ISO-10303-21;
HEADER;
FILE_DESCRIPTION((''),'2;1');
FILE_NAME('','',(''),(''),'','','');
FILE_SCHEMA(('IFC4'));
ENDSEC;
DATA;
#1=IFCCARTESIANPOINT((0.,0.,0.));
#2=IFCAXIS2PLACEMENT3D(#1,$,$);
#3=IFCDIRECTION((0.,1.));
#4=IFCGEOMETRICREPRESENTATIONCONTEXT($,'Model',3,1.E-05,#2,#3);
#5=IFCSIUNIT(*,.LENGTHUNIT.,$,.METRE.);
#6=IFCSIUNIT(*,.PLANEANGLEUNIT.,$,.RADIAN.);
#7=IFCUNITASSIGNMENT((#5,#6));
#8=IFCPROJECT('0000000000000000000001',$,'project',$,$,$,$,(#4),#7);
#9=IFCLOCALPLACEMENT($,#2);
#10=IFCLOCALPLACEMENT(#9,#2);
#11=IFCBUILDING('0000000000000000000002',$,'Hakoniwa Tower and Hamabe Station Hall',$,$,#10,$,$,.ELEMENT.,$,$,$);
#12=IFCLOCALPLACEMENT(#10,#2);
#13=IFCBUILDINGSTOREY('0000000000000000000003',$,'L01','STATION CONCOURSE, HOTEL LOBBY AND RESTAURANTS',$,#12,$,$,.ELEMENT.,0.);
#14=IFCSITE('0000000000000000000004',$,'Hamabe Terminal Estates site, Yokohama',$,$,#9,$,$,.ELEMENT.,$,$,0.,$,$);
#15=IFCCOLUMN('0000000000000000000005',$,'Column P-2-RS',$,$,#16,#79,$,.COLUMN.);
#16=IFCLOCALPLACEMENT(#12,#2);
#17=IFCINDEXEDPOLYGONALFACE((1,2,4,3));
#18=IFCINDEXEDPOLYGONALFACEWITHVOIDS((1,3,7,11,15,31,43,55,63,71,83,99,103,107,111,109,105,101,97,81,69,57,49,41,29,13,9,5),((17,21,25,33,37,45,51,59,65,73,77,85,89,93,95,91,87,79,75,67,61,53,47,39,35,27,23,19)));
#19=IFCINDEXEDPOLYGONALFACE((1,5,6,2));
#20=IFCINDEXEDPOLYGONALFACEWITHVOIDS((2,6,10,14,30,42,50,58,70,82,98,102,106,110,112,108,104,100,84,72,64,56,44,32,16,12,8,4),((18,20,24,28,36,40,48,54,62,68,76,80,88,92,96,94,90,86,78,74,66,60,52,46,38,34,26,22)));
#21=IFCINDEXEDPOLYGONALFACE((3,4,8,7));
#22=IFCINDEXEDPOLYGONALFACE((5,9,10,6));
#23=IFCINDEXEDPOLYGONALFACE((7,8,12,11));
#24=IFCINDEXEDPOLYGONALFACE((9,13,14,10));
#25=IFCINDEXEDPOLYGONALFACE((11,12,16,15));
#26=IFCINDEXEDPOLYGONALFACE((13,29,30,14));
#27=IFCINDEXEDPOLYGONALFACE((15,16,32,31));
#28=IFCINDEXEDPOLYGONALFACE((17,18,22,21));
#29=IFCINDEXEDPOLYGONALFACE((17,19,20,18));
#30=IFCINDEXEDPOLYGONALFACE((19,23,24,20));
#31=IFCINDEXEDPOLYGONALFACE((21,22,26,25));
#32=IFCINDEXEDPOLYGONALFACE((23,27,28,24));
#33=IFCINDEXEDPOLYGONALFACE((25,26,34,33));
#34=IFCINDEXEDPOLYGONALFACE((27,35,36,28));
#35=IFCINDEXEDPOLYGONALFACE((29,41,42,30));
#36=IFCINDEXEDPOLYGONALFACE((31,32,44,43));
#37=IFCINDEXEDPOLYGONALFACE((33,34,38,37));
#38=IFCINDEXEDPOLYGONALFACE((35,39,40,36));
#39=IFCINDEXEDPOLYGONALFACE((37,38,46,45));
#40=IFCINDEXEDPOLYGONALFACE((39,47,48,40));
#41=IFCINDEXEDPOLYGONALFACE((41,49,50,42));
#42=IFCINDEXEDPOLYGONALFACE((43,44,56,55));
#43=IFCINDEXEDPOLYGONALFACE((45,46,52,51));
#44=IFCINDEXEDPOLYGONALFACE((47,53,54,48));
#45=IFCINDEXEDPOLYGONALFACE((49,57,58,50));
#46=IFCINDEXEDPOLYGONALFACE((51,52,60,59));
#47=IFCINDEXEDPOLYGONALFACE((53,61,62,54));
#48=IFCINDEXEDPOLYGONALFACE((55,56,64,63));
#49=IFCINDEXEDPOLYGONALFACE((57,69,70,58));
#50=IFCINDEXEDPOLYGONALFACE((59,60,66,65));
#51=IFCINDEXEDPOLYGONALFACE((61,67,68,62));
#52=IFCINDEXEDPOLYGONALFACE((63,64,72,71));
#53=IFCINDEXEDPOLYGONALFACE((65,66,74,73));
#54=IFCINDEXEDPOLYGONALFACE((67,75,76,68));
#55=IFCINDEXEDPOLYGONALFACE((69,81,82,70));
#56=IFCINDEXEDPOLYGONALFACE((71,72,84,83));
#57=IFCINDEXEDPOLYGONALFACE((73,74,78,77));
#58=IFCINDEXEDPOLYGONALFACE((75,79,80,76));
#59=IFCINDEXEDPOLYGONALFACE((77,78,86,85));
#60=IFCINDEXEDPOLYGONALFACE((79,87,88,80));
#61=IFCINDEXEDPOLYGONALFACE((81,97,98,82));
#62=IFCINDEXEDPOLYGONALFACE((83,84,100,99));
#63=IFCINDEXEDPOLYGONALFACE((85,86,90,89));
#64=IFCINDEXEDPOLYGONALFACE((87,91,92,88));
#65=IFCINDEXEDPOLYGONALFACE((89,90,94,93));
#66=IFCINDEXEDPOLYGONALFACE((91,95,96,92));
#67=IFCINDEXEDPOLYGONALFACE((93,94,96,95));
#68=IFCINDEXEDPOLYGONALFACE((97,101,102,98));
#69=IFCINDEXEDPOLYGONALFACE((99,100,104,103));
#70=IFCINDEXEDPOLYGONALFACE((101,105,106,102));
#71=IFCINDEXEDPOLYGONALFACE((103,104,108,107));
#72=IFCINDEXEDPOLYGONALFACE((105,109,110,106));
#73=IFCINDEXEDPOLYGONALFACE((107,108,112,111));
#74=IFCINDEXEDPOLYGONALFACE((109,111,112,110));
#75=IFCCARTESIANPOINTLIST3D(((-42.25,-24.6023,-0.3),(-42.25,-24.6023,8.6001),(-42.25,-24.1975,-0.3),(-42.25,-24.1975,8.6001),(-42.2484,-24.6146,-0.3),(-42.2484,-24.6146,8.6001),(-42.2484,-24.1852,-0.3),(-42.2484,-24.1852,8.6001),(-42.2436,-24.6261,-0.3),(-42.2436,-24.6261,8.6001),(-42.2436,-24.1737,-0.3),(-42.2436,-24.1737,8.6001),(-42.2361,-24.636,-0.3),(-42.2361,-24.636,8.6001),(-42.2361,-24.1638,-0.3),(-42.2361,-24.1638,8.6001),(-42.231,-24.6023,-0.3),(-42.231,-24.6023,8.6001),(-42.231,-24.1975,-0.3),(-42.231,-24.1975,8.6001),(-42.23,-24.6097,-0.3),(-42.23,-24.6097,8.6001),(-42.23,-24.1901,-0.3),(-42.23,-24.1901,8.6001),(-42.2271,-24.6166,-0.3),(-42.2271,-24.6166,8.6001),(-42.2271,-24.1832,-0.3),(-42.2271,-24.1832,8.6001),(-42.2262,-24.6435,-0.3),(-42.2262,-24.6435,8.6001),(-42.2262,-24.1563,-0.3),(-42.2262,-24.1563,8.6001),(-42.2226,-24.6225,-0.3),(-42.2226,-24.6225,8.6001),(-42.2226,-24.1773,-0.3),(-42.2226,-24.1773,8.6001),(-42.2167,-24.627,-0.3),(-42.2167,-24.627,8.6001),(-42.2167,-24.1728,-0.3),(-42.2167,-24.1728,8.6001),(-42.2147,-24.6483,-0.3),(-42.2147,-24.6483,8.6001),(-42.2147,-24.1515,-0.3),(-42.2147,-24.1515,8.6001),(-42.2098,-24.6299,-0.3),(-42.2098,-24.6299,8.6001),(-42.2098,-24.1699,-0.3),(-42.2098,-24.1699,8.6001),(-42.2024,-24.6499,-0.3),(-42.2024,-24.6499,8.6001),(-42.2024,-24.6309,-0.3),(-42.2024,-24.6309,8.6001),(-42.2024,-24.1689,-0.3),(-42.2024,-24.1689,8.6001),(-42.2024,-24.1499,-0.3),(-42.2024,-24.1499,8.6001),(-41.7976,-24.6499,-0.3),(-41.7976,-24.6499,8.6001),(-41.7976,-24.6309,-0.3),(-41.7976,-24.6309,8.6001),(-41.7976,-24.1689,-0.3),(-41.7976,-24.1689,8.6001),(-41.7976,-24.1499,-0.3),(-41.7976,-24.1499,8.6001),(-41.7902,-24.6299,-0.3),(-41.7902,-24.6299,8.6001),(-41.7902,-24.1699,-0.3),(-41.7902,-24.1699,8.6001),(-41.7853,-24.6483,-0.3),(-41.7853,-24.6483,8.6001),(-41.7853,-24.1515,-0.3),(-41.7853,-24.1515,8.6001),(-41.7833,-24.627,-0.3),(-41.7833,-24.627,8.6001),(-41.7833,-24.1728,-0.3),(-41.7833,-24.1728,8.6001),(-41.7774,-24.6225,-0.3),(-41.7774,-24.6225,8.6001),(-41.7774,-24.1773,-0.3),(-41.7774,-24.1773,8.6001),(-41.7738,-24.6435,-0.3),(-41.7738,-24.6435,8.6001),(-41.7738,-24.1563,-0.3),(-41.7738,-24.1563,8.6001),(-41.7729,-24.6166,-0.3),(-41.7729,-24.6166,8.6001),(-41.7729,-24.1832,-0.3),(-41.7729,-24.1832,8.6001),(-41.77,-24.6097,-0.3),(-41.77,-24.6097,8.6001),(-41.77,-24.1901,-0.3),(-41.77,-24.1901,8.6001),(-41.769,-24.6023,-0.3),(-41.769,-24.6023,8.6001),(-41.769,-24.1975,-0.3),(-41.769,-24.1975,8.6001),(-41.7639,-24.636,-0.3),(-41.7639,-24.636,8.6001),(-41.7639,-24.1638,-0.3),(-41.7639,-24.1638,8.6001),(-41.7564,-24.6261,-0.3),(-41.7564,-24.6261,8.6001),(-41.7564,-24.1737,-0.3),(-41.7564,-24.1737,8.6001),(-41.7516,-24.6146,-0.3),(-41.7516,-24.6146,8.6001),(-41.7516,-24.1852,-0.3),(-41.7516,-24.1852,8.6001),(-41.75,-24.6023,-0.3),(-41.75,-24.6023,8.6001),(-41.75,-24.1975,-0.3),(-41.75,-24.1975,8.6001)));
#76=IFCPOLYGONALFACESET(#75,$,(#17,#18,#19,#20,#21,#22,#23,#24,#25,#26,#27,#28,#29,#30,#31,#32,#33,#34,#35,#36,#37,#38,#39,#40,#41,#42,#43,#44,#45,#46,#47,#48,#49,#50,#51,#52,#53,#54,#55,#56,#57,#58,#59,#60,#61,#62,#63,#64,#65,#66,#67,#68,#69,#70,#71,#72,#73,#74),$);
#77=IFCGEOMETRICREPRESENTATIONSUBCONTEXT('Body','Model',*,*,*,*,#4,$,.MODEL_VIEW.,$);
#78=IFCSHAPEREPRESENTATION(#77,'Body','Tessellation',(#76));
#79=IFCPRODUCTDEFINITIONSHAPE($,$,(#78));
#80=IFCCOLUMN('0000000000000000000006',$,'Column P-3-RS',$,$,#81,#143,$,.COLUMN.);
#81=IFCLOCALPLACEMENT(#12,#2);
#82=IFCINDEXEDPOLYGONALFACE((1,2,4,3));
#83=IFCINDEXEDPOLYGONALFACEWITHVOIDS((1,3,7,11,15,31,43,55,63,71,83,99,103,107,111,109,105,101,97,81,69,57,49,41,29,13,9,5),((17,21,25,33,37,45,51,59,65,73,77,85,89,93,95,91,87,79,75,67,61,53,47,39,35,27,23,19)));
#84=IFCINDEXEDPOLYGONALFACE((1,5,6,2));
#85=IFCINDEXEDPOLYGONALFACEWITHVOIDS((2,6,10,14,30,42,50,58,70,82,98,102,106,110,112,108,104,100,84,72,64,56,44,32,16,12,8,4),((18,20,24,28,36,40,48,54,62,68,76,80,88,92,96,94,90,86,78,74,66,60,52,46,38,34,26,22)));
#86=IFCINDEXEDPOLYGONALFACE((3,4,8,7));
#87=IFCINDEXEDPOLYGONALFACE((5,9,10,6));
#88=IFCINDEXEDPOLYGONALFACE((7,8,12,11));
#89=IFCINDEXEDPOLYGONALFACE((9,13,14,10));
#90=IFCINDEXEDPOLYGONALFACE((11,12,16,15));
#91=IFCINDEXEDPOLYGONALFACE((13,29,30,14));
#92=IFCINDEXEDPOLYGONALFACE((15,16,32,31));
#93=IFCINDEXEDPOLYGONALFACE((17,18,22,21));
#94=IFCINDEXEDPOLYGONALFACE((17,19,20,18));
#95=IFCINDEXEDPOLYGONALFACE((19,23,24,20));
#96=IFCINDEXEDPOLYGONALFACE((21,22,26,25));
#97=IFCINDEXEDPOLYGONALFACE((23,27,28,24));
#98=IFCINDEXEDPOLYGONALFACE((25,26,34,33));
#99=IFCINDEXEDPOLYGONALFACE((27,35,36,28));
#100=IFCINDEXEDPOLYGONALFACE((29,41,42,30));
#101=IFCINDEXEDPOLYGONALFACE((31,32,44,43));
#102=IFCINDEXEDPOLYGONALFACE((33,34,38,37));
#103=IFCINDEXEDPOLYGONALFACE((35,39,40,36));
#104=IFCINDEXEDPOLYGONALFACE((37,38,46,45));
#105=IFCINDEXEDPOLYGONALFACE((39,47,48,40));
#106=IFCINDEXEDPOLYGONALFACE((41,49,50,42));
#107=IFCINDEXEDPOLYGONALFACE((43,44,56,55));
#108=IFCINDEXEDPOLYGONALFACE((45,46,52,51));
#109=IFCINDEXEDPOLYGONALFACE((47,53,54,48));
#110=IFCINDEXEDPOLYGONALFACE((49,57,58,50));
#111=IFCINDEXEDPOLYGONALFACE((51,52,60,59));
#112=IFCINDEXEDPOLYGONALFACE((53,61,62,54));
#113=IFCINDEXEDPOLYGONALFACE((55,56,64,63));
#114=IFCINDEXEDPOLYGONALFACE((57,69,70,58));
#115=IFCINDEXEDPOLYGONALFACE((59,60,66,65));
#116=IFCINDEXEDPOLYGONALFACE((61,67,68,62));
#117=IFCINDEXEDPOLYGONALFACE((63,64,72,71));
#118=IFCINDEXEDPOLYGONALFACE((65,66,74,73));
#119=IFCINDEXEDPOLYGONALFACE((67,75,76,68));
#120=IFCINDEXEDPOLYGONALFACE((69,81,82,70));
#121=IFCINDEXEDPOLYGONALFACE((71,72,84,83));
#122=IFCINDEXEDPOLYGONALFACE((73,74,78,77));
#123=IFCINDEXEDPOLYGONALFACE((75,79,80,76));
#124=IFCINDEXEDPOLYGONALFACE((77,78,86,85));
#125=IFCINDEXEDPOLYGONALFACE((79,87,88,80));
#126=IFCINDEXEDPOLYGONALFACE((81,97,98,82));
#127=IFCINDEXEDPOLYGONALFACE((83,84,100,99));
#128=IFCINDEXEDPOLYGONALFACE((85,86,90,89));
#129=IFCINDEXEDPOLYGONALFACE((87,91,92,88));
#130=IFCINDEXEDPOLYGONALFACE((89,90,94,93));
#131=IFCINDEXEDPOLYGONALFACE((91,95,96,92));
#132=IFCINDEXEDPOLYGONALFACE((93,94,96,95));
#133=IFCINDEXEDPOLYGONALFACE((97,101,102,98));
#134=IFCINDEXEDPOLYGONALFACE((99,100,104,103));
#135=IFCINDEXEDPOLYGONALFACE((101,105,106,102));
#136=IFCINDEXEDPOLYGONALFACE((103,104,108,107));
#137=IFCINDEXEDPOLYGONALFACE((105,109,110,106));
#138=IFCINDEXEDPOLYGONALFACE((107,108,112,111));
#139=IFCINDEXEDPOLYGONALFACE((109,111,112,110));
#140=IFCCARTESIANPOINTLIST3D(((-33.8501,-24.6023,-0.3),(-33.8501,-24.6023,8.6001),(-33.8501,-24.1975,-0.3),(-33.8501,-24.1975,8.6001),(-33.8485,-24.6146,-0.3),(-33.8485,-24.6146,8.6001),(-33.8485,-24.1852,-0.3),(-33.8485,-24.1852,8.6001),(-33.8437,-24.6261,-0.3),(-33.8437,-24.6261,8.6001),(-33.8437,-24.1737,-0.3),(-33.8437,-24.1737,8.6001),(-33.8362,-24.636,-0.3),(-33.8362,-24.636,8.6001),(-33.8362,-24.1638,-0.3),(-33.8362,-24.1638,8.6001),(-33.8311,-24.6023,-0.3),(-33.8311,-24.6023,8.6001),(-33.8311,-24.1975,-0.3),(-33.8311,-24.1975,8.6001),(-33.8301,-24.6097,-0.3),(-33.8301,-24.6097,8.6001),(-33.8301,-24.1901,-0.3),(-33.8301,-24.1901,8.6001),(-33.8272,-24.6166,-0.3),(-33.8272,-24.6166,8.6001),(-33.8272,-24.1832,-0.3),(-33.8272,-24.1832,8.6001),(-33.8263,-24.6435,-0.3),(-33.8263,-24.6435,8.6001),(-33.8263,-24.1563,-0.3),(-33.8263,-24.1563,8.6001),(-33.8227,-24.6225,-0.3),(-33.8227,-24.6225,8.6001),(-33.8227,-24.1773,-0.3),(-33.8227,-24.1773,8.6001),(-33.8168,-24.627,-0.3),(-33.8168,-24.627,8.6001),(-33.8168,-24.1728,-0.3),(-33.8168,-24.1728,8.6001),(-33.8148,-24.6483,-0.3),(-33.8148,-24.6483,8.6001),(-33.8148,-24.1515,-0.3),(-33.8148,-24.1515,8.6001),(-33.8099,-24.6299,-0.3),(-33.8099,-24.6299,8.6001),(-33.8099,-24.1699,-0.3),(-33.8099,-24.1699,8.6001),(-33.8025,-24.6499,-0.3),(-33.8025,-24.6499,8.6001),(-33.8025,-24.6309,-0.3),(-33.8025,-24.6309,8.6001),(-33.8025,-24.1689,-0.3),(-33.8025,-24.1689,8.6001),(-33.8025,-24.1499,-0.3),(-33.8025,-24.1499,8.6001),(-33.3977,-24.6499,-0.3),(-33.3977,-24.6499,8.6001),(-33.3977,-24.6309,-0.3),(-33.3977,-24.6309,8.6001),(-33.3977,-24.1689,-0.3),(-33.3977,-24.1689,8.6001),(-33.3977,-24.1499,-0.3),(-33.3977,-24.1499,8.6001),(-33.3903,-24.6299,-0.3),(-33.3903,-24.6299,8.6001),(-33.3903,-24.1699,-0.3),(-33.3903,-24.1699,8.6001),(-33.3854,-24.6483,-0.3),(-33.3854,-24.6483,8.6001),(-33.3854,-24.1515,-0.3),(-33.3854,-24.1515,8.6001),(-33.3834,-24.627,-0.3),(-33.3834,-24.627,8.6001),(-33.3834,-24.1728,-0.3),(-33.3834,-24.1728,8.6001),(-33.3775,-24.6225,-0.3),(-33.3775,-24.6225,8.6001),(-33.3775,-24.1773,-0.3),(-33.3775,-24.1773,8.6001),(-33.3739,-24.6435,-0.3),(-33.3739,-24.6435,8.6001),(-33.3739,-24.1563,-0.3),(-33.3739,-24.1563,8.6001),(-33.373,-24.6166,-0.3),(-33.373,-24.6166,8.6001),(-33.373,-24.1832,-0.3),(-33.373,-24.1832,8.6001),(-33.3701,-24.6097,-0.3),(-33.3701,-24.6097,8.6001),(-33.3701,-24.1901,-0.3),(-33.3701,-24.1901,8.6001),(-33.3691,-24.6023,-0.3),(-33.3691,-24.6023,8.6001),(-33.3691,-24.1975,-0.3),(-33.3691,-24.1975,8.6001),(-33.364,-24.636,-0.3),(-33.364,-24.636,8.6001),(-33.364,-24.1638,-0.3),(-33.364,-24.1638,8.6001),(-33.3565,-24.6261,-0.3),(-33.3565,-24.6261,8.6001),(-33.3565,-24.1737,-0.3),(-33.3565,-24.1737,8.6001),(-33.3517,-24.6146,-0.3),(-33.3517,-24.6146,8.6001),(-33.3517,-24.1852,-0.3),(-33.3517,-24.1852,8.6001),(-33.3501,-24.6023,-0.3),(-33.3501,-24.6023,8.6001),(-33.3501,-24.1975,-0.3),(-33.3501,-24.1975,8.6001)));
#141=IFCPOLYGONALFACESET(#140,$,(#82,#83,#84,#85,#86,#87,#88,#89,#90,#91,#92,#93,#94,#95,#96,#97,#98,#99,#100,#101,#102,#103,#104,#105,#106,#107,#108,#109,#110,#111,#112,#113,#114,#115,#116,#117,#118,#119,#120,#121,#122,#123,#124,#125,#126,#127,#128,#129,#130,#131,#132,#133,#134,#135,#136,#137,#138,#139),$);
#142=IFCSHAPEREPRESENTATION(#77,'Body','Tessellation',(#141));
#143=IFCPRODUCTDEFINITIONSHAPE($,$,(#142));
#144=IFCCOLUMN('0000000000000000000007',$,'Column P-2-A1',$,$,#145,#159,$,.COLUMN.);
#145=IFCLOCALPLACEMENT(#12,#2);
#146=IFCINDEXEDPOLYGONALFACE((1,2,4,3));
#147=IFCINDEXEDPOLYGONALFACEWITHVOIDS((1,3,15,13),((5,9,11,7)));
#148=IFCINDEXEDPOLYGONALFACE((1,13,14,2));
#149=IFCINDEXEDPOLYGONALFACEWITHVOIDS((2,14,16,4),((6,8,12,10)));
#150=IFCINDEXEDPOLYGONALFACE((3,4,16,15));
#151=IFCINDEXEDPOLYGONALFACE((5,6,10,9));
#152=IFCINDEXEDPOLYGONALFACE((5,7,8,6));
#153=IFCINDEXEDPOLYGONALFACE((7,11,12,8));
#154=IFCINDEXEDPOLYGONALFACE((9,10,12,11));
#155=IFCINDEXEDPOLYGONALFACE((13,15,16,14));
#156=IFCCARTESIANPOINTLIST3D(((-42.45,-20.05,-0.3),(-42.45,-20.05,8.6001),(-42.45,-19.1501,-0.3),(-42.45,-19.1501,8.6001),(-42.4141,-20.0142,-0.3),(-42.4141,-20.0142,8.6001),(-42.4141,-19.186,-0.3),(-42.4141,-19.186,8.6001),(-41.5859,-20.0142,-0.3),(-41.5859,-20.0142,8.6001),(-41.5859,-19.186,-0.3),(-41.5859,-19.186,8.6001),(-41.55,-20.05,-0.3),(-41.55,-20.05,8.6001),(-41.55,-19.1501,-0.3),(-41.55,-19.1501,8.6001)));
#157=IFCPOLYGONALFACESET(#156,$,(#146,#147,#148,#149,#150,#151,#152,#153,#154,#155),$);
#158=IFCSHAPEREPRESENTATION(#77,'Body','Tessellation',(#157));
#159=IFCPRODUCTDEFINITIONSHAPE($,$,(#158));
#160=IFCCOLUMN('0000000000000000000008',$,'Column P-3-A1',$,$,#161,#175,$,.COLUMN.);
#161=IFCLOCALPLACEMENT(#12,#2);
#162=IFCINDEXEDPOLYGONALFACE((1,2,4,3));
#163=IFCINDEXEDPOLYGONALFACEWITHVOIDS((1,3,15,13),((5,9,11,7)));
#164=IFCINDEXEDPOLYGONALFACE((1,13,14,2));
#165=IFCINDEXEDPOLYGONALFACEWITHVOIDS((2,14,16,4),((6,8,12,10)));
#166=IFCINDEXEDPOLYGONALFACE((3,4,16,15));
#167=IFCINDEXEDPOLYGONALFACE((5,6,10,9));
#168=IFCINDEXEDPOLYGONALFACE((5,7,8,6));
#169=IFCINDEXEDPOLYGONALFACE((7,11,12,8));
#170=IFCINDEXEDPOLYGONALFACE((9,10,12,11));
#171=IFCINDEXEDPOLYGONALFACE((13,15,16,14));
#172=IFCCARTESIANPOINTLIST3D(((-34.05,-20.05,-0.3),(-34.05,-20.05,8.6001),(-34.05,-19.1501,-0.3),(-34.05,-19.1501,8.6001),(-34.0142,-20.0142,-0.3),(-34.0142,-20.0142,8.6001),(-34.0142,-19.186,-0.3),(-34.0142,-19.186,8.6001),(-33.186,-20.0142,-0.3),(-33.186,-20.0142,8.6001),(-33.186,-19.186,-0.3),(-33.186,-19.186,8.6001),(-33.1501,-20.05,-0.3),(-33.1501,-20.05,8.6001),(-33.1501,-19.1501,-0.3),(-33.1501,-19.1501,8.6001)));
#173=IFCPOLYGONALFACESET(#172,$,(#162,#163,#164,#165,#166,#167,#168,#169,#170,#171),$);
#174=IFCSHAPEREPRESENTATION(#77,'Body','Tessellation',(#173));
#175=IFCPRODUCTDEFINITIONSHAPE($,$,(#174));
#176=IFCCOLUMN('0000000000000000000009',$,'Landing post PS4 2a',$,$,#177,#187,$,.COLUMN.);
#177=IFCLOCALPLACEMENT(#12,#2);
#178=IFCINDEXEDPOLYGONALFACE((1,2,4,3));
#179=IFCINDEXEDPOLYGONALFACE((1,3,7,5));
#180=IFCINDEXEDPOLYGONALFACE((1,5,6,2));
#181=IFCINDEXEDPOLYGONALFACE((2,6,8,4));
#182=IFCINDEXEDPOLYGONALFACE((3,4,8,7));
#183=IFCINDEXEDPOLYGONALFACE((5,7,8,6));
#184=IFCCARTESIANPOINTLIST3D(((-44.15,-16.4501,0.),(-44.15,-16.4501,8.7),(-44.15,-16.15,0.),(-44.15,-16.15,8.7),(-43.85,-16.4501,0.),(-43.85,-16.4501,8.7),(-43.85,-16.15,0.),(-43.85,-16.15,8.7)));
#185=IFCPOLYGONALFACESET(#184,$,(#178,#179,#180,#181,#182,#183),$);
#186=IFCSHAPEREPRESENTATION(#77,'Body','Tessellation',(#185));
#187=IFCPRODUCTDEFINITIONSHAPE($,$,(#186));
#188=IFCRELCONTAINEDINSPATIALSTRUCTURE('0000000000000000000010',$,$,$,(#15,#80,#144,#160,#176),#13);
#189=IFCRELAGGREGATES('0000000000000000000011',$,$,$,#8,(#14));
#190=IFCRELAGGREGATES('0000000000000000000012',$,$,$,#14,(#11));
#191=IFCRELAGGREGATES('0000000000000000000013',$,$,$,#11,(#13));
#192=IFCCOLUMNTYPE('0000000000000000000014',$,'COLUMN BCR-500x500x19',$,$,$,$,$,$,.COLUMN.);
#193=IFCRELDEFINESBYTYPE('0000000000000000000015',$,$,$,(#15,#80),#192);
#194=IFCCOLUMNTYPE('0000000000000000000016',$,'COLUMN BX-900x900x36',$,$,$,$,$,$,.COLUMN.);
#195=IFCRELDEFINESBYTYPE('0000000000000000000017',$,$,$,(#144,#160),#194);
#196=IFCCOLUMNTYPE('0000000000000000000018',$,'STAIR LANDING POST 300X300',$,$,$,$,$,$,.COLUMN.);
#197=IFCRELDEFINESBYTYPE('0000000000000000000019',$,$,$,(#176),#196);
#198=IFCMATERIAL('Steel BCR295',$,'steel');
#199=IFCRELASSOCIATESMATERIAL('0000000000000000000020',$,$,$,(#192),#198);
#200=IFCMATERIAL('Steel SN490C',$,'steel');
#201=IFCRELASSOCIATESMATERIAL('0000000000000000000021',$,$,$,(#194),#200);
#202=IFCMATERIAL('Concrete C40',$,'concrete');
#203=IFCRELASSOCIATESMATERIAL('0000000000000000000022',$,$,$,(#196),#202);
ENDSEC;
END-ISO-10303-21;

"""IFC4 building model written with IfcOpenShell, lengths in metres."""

from ifc_helpers import new_model, si_unit, direction, frame, origin, origin_2d, place, context, subcontext, project, spatial, rectangle, hollow_rectangle, extrude, material, material_profile, profile_set, type_object, element, save


model = new_model("IFC4")

# Units and contexts
model_context = context("Model", 3, precision=1e-05, world=origin(), true_north=direction((0.0, 1.0)))
body_context = subcontext(model_context, "Body", "Model", "MODEL_VIEW")
ifc_project = project(units=[si_unit("LENGTHUNIT", "METRE"), si_unit("PLANEANGLEUNIT", "RADIAN")], contexts=[model_context])

# Site, building, storey
site_placement = place(None, origin())
site = spatial("IfcSite", under=ifc_project, at=site_placement, Name="Hamabe Terminal Estates site, Yokohama", CompositionType="ELEMENT", RefElevation=0.0)
building_placement = place(site_placement, origin())
building = spatial("IfcBuilding", under=site, at=building_placement, Name="Hakoniwa Tower and Hamabe Station Hall", CompositionType="ELEMENT")
storey_placement = place(building_placement, origin())
storey = spatial("IfcBuildingStorey", under=building, at=storey_placement, Name="L01", Description="STATION CONCOURSE, HOTEL LOBBY AND RESTAURANTS", CompositionType="ELEMENT", Elevation=0.0)

# Columns
ifc_material_1 = material(Name="Steel BCR295", Category="steel")
ifc_material_profile_1 = material_profile(ifc_material_1, hollow_rectangle(XDim=0.5, YDim=0.5, WallThickness=0.019, InnerFilletRadius=0.0286, OuterFilletRadius=0.0476, at=origin_2d()), Name="BCR-500x500x19")
ifc_profile_set_1 = profile_set([ifc_material_profile_1], Name="Steel BCR295")
column_type_1 = type_object("IfcColumnType", Name="COLUMN BCR-500x500x19", PredefinedType="COLUMN", material=ifc_profile_set_1)
for number, where, z_axis, x_axis, name in (
    (1, (-42.0, -24.3999, -0.3), (0.0, 0.0, 1.0), (1.0, 0.0, 0.0), "Column P-2-RS"),
    (2, (-33.6001, -24.3999, -0.3), (0.0, 0.0, 1.0), (1.0, 0.0, 0.0), "Column P-3-RS"),
):
    element("IfcColumn", number, at=place(storey_placement, frame(where, z_axis=z_axis, x_axis=x_axis)), inside=storey, type_object=column_type_1, Name=name, PredefinedType="COLUMN", context=body_context, shape_type="SweptSolid", body=[
        extrude(hollow_rectangle(XDim=0.5, YDim=0.5, WallThickness=0.019, InnerFilletRadius=0.0286, OuterFilletRadius=0.0476, at=origin_2d()), origin(), (0.0, 0.0, 1.0), 8.9001),
    ])
ifc_material_2 = material(Name="Steel SN490C", Category="steel")
ifc_material_profile_2 = material_profile(ifc_material_2, hollow_rectangle(XDim=0.8999, YDim=0.8999, WallThickness=0.0359, at=origin_2d()), Name="BX-900x900x36")
ifc_profile_set_2 = profile_set([ifc_material_profile_2], Name="Steel SN490C")
column_type_2 = type_object("IfcColumnType", Name="COLUMN BX-900x900x36", PredefinedType="COLUMN", material=ifc_profile_set_2)
for number, where, z_axis, x_axis, name in (
    (3, (-42.0, -19.6001, -0.3), (0.0, 0.0, 1.0), (1.0, 0.0, 0.0), "Column P-2-A1"),
    (4, (-33.6001, -19.6001, -0.3), (0.0, 0.0, 1.0), (1.0, 0.0, 0.0), "Column P-3-A1"),
):
    element("IfcColumn", number, at=place(storey_placement, frame(where, z_axis=z_axis, x_axis=x_axis)), inside=storey, type_object=column_type_2, Name=name, PredefinedType="COLUMN", context=body_context, shape_type="SweptSolid", body=[
        extrude(hollow_rectangle(XDim=0.8999, YDim=0.8999, WallThickness=0.0359, at=origin_2d()), origin(), (0.0, 0.0, 1.0), 8.9001),
    ])
ifc_material_3 = material(Name="Concrete C40", Category="concrete")
ifc_material_profile_3 = material_profile(ifc_material_3, rectangle(XDim=0.3, YDim=0.3, at=origin_2d()), Name="STAIR LANDING POST 300X300")
ifc_profile_set_3 = profile_set([ifc_material_profile_3], Name="Concrete C40")
column_type_3 = type_object("IfcColumnType", Name="STAIR LANDING POST 300X300", PredefinedType="COLUMN", material=ifc_profile_set_3)
column_placement = place(storey_placement, frame((-44.0, -16.3, 0.0), z_axis=(0.0, 0.0, 1.0), x_axis=(1.0, 0.0, 0.0)))
element("IfcColumn", 5, at=column_placement, inside=storey, type_object=column_type_3, Name="Landing post PS4 2a", PredefinedType="COLUMN", context=body_context, shape_type="SweptSolid", body=[
    extrude(rectangle(XDim=0.3, YDim=0.3, at=origin_2d()), origin(), (0.0, 0.0, 1.0), 8.7),
])

save(model, "model.ifc")
